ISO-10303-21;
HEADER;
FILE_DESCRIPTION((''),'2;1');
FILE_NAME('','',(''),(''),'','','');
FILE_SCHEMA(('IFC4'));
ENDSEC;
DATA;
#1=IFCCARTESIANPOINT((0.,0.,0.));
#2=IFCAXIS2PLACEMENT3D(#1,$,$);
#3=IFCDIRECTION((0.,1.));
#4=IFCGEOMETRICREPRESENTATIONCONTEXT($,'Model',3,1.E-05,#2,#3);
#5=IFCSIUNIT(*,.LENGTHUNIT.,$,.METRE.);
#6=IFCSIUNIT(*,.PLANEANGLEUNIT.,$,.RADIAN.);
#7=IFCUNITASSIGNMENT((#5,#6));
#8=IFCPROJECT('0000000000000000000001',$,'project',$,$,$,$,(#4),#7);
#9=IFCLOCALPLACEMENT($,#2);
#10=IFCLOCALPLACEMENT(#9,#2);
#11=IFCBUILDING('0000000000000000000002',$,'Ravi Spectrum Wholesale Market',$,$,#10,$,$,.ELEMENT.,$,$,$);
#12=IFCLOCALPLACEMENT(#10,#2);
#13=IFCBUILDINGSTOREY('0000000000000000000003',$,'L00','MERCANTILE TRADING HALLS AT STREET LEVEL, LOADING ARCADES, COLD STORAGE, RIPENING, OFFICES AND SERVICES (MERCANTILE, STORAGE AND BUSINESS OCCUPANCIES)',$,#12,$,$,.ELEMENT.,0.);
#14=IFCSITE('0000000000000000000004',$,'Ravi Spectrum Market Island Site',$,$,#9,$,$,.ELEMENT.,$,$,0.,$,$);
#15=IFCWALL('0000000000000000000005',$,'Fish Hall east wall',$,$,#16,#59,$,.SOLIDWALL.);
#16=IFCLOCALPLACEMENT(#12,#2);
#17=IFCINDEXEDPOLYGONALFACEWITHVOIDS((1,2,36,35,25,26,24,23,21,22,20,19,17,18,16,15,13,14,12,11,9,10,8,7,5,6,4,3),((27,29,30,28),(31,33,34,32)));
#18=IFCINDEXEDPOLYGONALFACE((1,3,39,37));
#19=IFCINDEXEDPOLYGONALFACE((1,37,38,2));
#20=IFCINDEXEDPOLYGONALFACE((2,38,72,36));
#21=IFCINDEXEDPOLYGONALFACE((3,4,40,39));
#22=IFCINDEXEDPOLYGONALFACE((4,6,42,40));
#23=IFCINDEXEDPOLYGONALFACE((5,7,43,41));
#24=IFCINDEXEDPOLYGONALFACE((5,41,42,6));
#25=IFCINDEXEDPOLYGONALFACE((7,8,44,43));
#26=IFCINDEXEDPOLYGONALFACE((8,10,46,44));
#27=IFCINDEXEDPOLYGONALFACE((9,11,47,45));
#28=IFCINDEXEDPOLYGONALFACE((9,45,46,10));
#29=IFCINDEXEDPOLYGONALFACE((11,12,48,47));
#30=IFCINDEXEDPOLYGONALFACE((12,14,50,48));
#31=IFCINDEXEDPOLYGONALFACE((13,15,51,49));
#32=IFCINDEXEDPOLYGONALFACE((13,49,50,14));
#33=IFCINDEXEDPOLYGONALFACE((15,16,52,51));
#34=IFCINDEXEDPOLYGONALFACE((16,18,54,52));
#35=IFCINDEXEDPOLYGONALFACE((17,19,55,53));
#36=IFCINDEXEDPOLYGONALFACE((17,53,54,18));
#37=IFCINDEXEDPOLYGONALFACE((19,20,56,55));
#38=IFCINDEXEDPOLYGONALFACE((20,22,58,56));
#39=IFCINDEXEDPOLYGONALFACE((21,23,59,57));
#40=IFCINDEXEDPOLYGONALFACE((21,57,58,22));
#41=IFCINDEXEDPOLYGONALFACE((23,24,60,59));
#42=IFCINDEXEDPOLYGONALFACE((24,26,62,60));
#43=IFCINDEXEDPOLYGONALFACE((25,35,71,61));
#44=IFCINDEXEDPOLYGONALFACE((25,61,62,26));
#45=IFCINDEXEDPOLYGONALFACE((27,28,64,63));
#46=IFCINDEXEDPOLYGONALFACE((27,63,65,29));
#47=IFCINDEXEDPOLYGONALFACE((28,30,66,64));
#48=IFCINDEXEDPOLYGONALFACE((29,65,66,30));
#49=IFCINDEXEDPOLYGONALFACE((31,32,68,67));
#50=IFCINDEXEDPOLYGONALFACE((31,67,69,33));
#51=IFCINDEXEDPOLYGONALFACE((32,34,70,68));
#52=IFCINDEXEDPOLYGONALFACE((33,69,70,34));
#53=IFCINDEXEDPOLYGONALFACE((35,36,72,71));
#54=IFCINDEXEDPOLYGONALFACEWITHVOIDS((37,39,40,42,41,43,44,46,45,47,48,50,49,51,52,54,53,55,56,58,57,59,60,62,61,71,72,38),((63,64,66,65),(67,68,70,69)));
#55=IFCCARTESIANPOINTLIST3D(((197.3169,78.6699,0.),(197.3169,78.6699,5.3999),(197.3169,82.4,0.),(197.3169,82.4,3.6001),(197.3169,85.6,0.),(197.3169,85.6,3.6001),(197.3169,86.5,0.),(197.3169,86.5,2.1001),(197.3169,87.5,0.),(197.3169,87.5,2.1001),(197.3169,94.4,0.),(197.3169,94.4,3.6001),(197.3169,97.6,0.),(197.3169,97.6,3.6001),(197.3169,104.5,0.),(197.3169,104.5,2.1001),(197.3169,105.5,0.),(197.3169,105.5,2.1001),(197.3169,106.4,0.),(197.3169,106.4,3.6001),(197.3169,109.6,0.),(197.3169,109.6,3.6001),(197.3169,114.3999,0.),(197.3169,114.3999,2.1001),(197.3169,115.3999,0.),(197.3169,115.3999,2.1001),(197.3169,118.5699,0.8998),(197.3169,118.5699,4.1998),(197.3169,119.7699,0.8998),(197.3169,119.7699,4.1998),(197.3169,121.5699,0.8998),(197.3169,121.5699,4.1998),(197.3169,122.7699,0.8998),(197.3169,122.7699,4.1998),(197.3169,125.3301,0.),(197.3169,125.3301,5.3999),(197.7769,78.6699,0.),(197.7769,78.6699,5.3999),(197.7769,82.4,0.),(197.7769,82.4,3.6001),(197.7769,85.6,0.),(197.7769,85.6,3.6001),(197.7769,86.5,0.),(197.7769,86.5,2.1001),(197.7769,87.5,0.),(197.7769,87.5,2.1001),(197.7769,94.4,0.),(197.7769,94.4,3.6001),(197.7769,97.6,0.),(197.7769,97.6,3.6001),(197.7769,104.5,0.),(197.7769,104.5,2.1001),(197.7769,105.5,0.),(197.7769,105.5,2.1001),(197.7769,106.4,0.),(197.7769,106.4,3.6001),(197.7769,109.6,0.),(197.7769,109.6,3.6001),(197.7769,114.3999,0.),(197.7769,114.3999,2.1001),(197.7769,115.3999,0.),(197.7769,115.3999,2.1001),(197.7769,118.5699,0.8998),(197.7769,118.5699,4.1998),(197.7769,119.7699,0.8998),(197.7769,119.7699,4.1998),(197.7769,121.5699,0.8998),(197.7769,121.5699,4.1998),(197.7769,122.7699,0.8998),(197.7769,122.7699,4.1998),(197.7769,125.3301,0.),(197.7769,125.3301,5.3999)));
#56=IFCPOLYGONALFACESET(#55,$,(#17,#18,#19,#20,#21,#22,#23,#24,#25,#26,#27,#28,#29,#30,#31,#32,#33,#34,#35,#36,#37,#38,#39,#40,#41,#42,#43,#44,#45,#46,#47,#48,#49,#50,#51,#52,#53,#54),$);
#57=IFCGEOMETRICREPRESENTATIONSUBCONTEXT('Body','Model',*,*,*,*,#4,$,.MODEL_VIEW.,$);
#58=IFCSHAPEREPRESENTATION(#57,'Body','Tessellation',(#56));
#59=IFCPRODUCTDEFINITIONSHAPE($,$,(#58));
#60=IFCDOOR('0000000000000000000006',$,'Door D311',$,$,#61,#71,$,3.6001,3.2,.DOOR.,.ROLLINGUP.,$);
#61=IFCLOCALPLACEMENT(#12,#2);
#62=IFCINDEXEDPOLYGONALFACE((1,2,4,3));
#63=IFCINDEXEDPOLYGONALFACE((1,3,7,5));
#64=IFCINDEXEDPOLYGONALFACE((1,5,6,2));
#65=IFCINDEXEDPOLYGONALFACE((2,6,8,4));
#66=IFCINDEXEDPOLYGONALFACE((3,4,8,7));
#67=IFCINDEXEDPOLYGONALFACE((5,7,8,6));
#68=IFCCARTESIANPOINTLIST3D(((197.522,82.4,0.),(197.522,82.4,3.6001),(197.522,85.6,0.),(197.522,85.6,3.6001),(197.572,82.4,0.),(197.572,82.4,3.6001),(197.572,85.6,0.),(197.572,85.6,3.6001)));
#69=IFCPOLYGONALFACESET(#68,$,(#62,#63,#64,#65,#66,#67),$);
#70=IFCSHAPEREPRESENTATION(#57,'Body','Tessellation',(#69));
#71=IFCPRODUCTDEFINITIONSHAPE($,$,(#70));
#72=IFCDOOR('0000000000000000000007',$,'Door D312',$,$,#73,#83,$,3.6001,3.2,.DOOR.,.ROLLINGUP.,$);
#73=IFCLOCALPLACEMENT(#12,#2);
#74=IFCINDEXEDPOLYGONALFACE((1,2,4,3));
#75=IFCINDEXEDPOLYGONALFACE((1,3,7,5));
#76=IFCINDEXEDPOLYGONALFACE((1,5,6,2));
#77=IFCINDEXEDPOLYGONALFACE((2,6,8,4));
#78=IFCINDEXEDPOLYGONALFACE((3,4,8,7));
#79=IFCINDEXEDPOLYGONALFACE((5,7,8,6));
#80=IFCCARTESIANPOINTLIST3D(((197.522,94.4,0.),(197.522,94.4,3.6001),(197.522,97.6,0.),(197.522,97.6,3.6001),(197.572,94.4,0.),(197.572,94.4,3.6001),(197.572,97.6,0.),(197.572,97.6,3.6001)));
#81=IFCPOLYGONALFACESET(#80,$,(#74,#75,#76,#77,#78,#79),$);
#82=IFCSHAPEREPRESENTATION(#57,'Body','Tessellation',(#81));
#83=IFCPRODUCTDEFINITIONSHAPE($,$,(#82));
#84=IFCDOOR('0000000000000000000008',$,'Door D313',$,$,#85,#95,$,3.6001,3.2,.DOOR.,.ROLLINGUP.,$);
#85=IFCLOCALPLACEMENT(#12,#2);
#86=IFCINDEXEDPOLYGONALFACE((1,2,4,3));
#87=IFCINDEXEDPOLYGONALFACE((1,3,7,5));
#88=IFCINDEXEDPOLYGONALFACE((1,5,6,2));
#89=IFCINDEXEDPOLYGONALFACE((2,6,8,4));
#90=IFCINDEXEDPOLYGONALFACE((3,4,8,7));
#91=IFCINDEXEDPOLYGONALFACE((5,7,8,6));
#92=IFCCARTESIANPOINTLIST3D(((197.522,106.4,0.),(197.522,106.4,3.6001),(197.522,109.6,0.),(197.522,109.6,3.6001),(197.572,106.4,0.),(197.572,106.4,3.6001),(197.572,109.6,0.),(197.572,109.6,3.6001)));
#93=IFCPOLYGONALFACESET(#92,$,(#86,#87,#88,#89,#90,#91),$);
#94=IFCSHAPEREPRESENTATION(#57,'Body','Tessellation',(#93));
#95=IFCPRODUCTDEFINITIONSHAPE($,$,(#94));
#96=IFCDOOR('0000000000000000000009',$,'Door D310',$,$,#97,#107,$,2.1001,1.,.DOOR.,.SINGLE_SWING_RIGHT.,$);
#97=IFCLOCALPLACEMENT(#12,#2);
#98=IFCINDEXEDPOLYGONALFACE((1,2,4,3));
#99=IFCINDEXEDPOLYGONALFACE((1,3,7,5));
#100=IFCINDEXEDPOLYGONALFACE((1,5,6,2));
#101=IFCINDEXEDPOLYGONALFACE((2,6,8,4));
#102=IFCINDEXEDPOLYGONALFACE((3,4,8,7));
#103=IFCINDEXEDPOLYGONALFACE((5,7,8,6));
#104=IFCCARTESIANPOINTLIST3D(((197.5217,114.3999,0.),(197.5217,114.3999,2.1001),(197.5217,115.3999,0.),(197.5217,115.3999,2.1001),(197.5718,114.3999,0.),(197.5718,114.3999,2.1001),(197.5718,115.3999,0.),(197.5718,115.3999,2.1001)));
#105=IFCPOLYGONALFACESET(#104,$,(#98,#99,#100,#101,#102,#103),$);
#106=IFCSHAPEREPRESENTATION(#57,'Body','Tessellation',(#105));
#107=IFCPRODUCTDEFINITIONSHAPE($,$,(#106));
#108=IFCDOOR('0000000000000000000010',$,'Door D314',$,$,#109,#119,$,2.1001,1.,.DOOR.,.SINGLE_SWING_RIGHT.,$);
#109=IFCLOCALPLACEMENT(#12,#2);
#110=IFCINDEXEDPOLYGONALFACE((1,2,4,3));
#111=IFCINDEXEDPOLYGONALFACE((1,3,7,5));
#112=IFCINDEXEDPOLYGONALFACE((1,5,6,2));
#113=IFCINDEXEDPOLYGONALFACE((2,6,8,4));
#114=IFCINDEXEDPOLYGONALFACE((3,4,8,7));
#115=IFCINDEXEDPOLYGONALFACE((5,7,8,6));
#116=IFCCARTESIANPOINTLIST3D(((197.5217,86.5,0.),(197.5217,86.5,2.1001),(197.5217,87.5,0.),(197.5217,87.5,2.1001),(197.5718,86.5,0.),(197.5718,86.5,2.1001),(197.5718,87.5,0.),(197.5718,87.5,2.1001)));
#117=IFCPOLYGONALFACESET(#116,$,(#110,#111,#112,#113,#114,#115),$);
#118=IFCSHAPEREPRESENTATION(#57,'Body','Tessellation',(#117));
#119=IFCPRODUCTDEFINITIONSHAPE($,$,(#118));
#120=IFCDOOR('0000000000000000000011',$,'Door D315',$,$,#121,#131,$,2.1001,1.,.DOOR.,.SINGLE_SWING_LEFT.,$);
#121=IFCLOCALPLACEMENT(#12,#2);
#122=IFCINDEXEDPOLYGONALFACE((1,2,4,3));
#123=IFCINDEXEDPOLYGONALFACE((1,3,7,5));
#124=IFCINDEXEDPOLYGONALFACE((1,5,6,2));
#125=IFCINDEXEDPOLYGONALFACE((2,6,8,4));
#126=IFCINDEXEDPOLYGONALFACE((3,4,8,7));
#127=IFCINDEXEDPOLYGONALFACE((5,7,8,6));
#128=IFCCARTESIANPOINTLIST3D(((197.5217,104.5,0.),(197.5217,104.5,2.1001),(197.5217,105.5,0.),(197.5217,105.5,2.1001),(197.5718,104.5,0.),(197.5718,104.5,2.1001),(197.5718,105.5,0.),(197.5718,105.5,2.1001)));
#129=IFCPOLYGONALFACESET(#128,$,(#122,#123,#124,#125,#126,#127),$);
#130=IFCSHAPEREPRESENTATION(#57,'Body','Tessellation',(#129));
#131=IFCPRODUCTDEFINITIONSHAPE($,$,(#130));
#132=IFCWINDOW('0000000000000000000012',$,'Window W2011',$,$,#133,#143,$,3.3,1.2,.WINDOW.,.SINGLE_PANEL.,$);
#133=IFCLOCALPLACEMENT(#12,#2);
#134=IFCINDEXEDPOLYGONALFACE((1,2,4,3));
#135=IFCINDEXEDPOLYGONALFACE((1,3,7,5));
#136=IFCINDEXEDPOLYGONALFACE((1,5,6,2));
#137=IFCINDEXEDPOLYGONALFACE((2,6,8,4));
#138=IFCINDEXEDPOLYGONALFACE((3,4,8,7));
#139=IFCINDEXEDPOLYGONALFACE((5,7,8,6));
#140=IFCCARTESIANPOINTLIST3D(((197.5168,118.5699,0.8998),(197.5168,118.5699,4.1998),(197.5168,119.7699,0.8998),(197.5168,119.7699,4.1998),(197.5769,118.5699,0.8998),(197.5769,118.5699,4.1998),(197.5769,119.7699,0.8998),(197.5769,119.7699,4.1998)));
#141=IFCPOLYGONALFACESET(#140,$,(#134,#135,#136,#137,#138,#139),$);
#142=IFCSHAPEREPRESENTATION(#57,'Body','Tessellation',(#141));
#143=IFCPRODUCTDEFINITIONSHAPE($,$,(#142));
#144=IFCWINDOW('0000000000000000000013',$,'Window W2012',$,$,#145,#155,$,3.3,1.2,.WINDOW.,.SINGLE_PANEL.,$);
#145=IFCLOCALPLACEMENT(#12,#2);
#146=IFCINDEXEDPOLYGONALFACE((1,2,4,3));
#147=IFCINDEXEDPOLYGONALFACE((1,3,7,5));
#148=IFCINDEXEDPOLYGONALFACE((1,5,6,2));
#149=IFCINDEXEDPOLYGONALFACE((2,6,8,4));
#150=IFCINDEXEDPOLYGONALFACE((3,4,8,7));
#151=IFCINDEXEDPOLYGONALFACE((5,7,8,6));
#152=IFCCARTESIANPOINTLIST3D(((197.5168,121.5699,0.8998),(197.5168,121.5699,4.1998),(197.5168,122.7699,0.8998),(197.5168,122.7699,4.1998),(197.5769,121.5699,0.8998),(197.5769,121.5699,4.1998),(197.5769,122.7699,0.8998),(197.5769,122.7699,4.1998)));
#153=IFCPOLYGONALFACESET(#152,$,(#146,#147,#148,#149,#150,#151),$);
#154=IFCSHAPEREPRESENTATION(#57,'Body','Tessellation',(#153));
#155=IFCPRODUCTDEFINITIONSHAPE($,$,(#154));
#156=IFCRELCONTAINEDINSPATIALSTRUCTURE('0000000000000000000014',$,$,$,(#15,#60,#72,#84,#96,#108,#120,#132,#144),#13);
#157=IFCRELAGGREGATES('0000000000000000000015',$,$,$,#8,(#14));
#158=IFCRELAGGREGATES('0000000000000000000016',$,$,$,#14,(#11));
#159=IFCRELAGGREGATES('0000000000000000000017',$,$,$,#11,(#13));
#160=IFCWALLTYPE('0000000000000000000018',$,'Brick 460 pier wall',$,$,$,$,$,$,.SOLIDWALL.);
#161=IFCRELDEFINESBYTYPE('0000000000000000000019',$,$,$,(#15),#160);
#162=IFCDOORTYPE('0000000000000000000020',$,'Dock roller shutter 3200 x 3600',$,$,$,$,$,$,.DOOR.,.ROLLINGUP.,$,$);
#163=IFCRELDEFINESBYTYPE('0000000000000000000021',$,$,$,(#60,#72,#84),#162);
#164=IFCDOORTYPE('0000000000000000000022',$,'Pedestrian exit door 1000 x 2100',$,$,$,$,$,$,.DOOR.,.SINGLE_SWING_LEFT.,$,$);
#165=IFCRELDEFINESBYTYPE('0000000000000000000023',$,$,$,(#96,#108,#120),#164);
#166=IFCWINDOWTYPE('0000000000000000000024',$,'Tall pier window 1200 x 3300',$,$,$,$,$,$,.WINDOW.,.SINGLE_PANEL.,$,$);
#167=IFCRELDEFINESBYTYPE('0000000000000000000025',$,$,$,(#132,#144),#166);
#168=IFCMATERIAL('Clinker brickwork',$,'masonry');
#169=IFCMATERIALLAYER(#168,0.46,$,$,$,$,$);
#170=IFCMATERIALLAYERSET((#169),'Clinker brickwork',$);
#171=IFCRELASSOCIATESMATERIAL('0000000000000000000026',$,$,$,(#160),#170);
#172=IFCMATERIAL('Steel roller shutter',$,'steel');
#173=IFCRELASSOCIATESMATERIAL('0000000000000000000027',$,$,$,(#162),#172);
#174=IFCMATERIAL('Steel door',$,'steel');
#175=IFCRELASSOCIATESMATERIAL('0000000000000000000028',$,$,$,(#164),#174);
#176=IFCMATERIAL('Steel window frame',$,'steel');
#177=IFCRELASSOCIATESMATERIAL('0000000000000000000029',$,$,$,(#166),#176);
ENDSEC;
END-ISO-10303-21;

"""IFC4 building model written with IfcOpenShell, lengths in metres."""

from ifc_helpers import new_model, si_unit, direction, frame, frame_2d, origin, place, context, subcontext, project, spatial, rectangle, extrude, material, layer, layer_set, type_object, element, fill, save


model = new_model("IFC4")

# Units and contexts
model_context = context("Model", 3, precision=1e-05, world=origin(), true_north=direction((0.0, 1.0)))
body_context = subcontext(model_context, "Body", "Model", "MODEL_VIEW")
ifc_project = project(units=[si_unit("LENGTHUNIT", "METRE"), si_unit("PLANEANGLEUNIT", "RADIAN")], contexts=[model_context])

# Site, building, storey
site_placement = place(None, origin())
site = spatial("IfcSite", under=ifc_project, at=site_placement, Name="Ravi Spectrum Market Island Site", CompositionType="ELEMENT", RefElevation=0.0)
building_placement = place(site_placement, origin())
building = spatial("IfcBuilding", under=site, at=building_placement, Name="Ravi Spectrum Wholesale Market", CompositionType="ELEMENT")
storey_placement = place(building_placement, origin())
storey = spatial("IfcBuildingStorey", under=building, at=storey_placement, Name="L00", Description="MERCANTILE TRADING HALLS AT STREET LEVEL, LOADING ARCADES, COLD STORAGE, RIPENING, OFFICES AND SERVICES (MERCANTILE, STORAGE AND BUSINESS OCCUPANCIES)", CompositionType="ELEMENT", Elevation=0.0)

# Wall, openings, doors, windows
ifc_material_1 = material(Name="Clinker brickwork", Category="masonry")
ifc_layer_1 = layer(ifc_material_1, 0.46)
ifc_layer_set_1 = layer_set([ifc_layer_1], Name="Clinker brickwork")
wall_type = type_object("IfcWallType", Name="Brick 460 pier wall", PredefinedType="SOLIDWALL", material=ifc_layer_set_1)
wall_placement = place(storey_placement, frame((197.5469, 78.6699, 0.0), z_axis=(0.0, 0.0, 1.0), x_axis=(0.0, 1.0, 0.0)))
wall = element("IfcWall", 1, at=wall_placement, inside=storey, type_object=wall_type, Name="Fish Hall east wall", PredefinedType="SOLIDWALL", context=body_context, shape_type="SweptSolid", body=[
    extrude(rectangle(XDim=46.6602, YDim=0.46, at=frame_2d((23.3301, 0.0))), origin(), (0.0, 0.0, 1.0), 5.3999),
])
opening_1_placement = place(wall_placement, frame((36.73, 0.0, 0.0), z_axis=(0.0, 0.0, 1.0), x_axis=(-1.0, 0.0, 0.0)))
opening_1 = element("IfcOpeningElement", 2, at=opening_1_placement, cuts=wall, PredefinedType="OPENING", context=body_context, shape_type="SweptSolid", body=[
    extrude(rectangle(XDim=1.0, YDim=2.1001, at=frame_2d((0.5, 1.05))), frame((0.0, 0.24, 0.0), z_axis=(0.0, -1.0, 0.0), x_axis=(1.0, 0.0, 0.0)), (0.0, 0.0, 1.0), 0.48),
])
opening_2_placement = place(wall_placement, frame((3.73, 0.0, 0.0)))
opening_2 = element("IfcOpeningElement", 3, at=opening_2_placement, cuts=wall, PredefinedType="OPENING", context=body_context, shape_type="SweptSolid", body=[
    extrude(rectangle(XDim=3.2, YDim=3.6001, at=frame_2d((1.6001, 1.8))), frame((0.0, 0.24, 0.0), z_axis=(0.0, -1.0, 0.0), x_axis=(1.0, 0.0, 0.0)), (0.0, 0.0, 1.0), 0.48),
])
opening_3_placement = place(wall_placement, frame((15.73, 0.0, 0.0)))
opening_3 = element("IfcOpeningElement", 4, at=opening_3_placement, cuts=wall, PredefinedType="OPENING", context=body_context, shape_type="SweptSolid", body=[
    extrude(rectangle(XDim=3.2, YDim=3.6001, at=frame_2d((1.6001, 1.8))), frame((0.0, 0.24, 0.0), z_axis=(0.0, -1.0, 0.0), x_axis=(1.0, 0.0, 0.0)), (0.0, 0.0, 1.0), 0.48),
])
opening_4_placement = place(wall_placement, frame((27.73, 0.0, 0.0)))
opening_4 = element("IfcOpeningElement", 5, at=opening_4_placement, cuts=wall, PredefinedType="OPENING", context=body_context, shape_type="SweptSolid", body=[
    extrude(rectangle(XDim=3.2, YDim=3.6001, at=frame_2d((1.6001, 1.8))), frame((0.0, 0.24, 0.0), z_axis=(0.0, -1.0, 0.0), x_axis=(1.0, 0.0, 0.0)), (0.0, 0.0, 1.0), 0.48),
])
opening_5_placement = place(wall_placement, frame((8.8301, 0.0, 0.0), z_axis=(0.0, 0.0, 1.0), x_axis=(-1.0, 0.0, 0.0)))
opening_5 = element("IfcOpeningElement", 6, at=opening_5_placement, cuts=wall, PredefinedType="OPENING", context=body_context, shape_type="SweptSolid", body=[
    extrude(rectangle(XDim=1.0, YDim=2.1001, at=frame_2d((0.5, 1.05))), frame((0.0, 0.24, 0.0), z_axis=(0.0, -1.0, 0.0), x_axis=(1.0, 0.0, 0.0)), (0.0, 0.0, 1.0), 0.48),
])
opening_6_placement = place(wall_placement, frame((26.8301, 0.0, 0.0), z_axis=(0.0, 0.0, 1.0), x_axis=(-1.0, 0.0, 0.0)))
opening_6 = element("IfcOpeningElement", 7, at=opening_6_placement, cuts=wall, PredefinedType="OPENING", context=body_context, shape_type="SweptSolid", body=[
    extrude(rectangle(XDim=1.0, YDim=2.1001, at=frame_2d((0.5, 1.05))), frame((0.0, 0.24, 0.0), z_axis=(0.0, -1.0, 0.0), x_axis=(1.0, 0.0, 0.0)), (0.0, 0.0, 1.0), 0.48),
])
opening_7_placement = place(wall_placement, frame((39.8999, 0.0, 0.8999)))
opening_7 = element("IfcOpeningElement", 8, at=opening_7_placement, cuts=wall, PredefinedType="OPENING", context=body_context, shape_type="SweptSolid", body=[
    extrude(rectangle(XDim=1.2, YDim=3.3, at=frame_2d((0.6001, 1.6499))), frame((0.0, 0.24, 0.0), z_axis=(0.0, -1.0, 0.0), x_axis=(1.0, 0.0, 0.0)), (0.0, 0.0, 1.0), 0.48),
])
opening_8_placement = place(wall_placement, frame((42.8999, 0.0, 0.8999)))
opening_8 = element("IfcOpeningElement", 9, at=opening_8_placement, cuts=wall, PredefinedType="OPENING", context=body_context, shape_type="SweptSolid", body=[
    extrude(rectangle(XDim=1.2, YDim=3.3, at=frame_2d((0.6001, 1.6499))), frame((0.0, 0.24, 0.0), z_axis=(0.0, -1.0, 0.0), x_axis=(1.0, 0.0, 0.0)), (0.0, 0.0, 1.0), 0.48),
])
ifc_material_2 = material(Name="Steel roller shutter", Category="steel")
door_type_1 = type_object("IfcDoorType", Name="Dock roller shutter 3200 x 3600", OperationType="ROLLINGUP", PredefinedType="DOOR", material=ifc_material_2)
door_1_placement = place(opening_2_placement, origin())
door_1 = element("IfcDoor", 10, at=door_1_placement, inside=storey, type_object=door_type_1, Name="Door D311", OperationType="ROLLINGUP", OverallHeight=3.6001, OverallWidth=3.2, PredefinedType="DOOR", context=body_context, shape_type="SweptSolid", body=[
    extrude(rectangle(XDim=3.2, YDim=3.6001, at=frame_2d((1.6001, 1.8))), frame((0.0, 0.0249, 0.0), z_axis=(0.0, -1.0, 0.0), x_axis=(1.0, 0.0, 0.0)), (0.0, 0.0, 1.0), 0.05),
])
fill(opening_2, door_1)
door_2_placement = place(opening_3_placement, origin())
door_2 = element("IfcDoor", 11, at=door_2_placement, inside=storey, type_object=door_type_1, Name="Door D312", OperationType="ROLLINGUP", OverallHeight=3.6001, OverallWidth=3.2, PredefinedType="DOOR", context=body_context, shape_type="SweptSolid", body=[
    extrude(rectangle(XDim=3.2, YDim=3.6001, at=frame_2d((1.6001, 1.8))), frame((0.0, 0.0249, 0.0), z_axis=(0.0, -1.0, 0.0), x_axis=(1.0, 0.0, 0.0)), (0.0, 0.0, 1.0), 0.05),
])
fill(opening_3, door_2)
door_3_placement = place(opening_4_placement, origin())
door_3 = element("IfcDoor", 12, at=door_3_placement, inside=storey, type_object=door_type_1, Name="Door D313", OperationType="ROLLINGUP", OverallHeight=3.6001, OverallWidth=3.2, PredefinedType="DOOR", context=body_context, shape_type="SweptSolid", body=[
    extrude(rectangle(XDim=3.2, YDim=3.6001, at=frame_2d((1.6001, 1.8))), frame((0.0, 0.0249, 0.0), z_axis=(0.0, -1.0, 0.0), x_axis=(1.0, 0.0, 0.0)), (0.0, 0.0, 1.0), 0.05),
])
fill(opening_4, door_3)
ifc_material_3 = material(Name="Steel door", Category="steel")
door_type_2 = type_object("IfcDoorType", Name="Pedestrian exit door 1000 x 2100", OperationType="SINGLE_SWING_LEFT", PredefinedType="DOOR", material=ifc_material_3)
door_4_placement = place(opening_1_placement, origin())
door_4 = element("IfcDoor", 13, at=door_4_placement, inside=storey, type_object=door_type_2, Name="Door D310", OperationType="SINGLE_SWING_RIGHT", OverallHeight=2.1001, OverallWidth=1.0, PredefinedType="DOOR", context=body_context, shape_type="SweptSolid", body=[
    extrude(rectangle(XDim=1.0, YDim=2.1001, at=frame_2d((0.5, 1.05))), frame((0.0, 0.0249, 0.0), z_axis=(0.0, -1.0, 0.0), x_axis=(1.0, 0.0, 0.0)), (0.0, 0.0, 1.0), 0.05),
])
fill(opening_1, door_4)
door_5_placement = place(opening_5_placement, origin())
door_5 = element("IfcDoor", 14, at=door_5_placement, inside=storey, type_object=door_type_2, Name="Door D314", OperationType="SINGLE_SWING_RIGHT", OverallHeight=2.1001, OverallWidth=1.0, PredefinedType="DOOR", context=body_context, shape_type="SweptSolid", body=[
    extrude(rectangle(XDim=1.0, YDim=2.1001, at=frame_2d((0.5, 1.05))), frame((0.0, 0.0249, 0.0), z_axis=(0.0, -1.0, 0.0), x_axis=(1.0, 0.0, 0.0)), (0.0, 0.0, 1.0), 0.05),
])
fill(opening_5, door_5)
door_6_placement = place(opening_6_placement, origin())
door_6 = element("IfcDoor", 15, at=door_6_placement, inside=storey, type_object=door_type_2, Name="Door D315", OperationType="SINGLE_SWING_LEFT", OverallHeight=2.1001, OverallWidth=1.0, PredefinedType="DOOR", context=body_context, shape_type="SweptSolid", body=[
    extrude(rectangle(XDim=1.0, YDim=2.1001, at=frame_2d((0.5, 1.05))), frame((0.0, 0.0249, 0.0), z_axis=(0.0, -1.0, 0.0), x_axis=(1.0, 0.0, 0.0)), (0.0, 0.0, 1.0), 0.05),
])
fill(opening_6, door_6)
ifc_material_4 = material(Name="Steel window frame", Category="steel")
window_type = type_object("IfcWindowType", Name="Tall pier window 1200 x 3300", PartitioningType="SINGLE_PANEL", PredefinedType="WINDOW", material=ifc_material_4)
window_1_placement = place(opening_7_placement, origin())
window_1 = element("IfcWindow", 16, at=window_1_placement, inside=storey, type_object=window_type, Name="Window W2011", OverallHeight=3.3, OverallWidth=1.2, PartitioningType="SINGLE_PANEL", PredefinedType="WINDOW", context=body_context, shape_type="SweptSolid", body=[
    extrude(rectangle(XDim=1.2, YDim=3.3, at=frame_2d((0.6001, 1.6499))), frame((0.0, 0.03, 0.0), z_axis=(0.0, -1.0, 0.0), x_axis=(1.0, 0.0, 0.0)), (0.0, 0.0, 1.0), 0.0601),
])
fill(opening_7, window_1)
window_2_placement = place(opening_8_placement, origin())
window_2 = element("IfcWindow", 17, at=window_2_placement, inside=storey, type_object=window_type, Name="Window W2012", OverallHeight=3.3, OverallWidth=1.2, PartitioningType="SINGLE_PANEL", PredefinedType="WINDOW", context=body_context, shape_type="SweptSolid", body=[
    extrude(rectangle(XDim=1.2, YDim=3.3, at=frame_2d((0.6001, 1.6499))), frame((0.0, 0.03, 0.0), z_axis=(0.0, -1.0, 0.0), x_axis=(1.0, 0.0, 0.0)), (0.0, 0.0, 1.0), 0.0601),
])
fill(opening_8, window_2)

save(model, "model.ifc")
